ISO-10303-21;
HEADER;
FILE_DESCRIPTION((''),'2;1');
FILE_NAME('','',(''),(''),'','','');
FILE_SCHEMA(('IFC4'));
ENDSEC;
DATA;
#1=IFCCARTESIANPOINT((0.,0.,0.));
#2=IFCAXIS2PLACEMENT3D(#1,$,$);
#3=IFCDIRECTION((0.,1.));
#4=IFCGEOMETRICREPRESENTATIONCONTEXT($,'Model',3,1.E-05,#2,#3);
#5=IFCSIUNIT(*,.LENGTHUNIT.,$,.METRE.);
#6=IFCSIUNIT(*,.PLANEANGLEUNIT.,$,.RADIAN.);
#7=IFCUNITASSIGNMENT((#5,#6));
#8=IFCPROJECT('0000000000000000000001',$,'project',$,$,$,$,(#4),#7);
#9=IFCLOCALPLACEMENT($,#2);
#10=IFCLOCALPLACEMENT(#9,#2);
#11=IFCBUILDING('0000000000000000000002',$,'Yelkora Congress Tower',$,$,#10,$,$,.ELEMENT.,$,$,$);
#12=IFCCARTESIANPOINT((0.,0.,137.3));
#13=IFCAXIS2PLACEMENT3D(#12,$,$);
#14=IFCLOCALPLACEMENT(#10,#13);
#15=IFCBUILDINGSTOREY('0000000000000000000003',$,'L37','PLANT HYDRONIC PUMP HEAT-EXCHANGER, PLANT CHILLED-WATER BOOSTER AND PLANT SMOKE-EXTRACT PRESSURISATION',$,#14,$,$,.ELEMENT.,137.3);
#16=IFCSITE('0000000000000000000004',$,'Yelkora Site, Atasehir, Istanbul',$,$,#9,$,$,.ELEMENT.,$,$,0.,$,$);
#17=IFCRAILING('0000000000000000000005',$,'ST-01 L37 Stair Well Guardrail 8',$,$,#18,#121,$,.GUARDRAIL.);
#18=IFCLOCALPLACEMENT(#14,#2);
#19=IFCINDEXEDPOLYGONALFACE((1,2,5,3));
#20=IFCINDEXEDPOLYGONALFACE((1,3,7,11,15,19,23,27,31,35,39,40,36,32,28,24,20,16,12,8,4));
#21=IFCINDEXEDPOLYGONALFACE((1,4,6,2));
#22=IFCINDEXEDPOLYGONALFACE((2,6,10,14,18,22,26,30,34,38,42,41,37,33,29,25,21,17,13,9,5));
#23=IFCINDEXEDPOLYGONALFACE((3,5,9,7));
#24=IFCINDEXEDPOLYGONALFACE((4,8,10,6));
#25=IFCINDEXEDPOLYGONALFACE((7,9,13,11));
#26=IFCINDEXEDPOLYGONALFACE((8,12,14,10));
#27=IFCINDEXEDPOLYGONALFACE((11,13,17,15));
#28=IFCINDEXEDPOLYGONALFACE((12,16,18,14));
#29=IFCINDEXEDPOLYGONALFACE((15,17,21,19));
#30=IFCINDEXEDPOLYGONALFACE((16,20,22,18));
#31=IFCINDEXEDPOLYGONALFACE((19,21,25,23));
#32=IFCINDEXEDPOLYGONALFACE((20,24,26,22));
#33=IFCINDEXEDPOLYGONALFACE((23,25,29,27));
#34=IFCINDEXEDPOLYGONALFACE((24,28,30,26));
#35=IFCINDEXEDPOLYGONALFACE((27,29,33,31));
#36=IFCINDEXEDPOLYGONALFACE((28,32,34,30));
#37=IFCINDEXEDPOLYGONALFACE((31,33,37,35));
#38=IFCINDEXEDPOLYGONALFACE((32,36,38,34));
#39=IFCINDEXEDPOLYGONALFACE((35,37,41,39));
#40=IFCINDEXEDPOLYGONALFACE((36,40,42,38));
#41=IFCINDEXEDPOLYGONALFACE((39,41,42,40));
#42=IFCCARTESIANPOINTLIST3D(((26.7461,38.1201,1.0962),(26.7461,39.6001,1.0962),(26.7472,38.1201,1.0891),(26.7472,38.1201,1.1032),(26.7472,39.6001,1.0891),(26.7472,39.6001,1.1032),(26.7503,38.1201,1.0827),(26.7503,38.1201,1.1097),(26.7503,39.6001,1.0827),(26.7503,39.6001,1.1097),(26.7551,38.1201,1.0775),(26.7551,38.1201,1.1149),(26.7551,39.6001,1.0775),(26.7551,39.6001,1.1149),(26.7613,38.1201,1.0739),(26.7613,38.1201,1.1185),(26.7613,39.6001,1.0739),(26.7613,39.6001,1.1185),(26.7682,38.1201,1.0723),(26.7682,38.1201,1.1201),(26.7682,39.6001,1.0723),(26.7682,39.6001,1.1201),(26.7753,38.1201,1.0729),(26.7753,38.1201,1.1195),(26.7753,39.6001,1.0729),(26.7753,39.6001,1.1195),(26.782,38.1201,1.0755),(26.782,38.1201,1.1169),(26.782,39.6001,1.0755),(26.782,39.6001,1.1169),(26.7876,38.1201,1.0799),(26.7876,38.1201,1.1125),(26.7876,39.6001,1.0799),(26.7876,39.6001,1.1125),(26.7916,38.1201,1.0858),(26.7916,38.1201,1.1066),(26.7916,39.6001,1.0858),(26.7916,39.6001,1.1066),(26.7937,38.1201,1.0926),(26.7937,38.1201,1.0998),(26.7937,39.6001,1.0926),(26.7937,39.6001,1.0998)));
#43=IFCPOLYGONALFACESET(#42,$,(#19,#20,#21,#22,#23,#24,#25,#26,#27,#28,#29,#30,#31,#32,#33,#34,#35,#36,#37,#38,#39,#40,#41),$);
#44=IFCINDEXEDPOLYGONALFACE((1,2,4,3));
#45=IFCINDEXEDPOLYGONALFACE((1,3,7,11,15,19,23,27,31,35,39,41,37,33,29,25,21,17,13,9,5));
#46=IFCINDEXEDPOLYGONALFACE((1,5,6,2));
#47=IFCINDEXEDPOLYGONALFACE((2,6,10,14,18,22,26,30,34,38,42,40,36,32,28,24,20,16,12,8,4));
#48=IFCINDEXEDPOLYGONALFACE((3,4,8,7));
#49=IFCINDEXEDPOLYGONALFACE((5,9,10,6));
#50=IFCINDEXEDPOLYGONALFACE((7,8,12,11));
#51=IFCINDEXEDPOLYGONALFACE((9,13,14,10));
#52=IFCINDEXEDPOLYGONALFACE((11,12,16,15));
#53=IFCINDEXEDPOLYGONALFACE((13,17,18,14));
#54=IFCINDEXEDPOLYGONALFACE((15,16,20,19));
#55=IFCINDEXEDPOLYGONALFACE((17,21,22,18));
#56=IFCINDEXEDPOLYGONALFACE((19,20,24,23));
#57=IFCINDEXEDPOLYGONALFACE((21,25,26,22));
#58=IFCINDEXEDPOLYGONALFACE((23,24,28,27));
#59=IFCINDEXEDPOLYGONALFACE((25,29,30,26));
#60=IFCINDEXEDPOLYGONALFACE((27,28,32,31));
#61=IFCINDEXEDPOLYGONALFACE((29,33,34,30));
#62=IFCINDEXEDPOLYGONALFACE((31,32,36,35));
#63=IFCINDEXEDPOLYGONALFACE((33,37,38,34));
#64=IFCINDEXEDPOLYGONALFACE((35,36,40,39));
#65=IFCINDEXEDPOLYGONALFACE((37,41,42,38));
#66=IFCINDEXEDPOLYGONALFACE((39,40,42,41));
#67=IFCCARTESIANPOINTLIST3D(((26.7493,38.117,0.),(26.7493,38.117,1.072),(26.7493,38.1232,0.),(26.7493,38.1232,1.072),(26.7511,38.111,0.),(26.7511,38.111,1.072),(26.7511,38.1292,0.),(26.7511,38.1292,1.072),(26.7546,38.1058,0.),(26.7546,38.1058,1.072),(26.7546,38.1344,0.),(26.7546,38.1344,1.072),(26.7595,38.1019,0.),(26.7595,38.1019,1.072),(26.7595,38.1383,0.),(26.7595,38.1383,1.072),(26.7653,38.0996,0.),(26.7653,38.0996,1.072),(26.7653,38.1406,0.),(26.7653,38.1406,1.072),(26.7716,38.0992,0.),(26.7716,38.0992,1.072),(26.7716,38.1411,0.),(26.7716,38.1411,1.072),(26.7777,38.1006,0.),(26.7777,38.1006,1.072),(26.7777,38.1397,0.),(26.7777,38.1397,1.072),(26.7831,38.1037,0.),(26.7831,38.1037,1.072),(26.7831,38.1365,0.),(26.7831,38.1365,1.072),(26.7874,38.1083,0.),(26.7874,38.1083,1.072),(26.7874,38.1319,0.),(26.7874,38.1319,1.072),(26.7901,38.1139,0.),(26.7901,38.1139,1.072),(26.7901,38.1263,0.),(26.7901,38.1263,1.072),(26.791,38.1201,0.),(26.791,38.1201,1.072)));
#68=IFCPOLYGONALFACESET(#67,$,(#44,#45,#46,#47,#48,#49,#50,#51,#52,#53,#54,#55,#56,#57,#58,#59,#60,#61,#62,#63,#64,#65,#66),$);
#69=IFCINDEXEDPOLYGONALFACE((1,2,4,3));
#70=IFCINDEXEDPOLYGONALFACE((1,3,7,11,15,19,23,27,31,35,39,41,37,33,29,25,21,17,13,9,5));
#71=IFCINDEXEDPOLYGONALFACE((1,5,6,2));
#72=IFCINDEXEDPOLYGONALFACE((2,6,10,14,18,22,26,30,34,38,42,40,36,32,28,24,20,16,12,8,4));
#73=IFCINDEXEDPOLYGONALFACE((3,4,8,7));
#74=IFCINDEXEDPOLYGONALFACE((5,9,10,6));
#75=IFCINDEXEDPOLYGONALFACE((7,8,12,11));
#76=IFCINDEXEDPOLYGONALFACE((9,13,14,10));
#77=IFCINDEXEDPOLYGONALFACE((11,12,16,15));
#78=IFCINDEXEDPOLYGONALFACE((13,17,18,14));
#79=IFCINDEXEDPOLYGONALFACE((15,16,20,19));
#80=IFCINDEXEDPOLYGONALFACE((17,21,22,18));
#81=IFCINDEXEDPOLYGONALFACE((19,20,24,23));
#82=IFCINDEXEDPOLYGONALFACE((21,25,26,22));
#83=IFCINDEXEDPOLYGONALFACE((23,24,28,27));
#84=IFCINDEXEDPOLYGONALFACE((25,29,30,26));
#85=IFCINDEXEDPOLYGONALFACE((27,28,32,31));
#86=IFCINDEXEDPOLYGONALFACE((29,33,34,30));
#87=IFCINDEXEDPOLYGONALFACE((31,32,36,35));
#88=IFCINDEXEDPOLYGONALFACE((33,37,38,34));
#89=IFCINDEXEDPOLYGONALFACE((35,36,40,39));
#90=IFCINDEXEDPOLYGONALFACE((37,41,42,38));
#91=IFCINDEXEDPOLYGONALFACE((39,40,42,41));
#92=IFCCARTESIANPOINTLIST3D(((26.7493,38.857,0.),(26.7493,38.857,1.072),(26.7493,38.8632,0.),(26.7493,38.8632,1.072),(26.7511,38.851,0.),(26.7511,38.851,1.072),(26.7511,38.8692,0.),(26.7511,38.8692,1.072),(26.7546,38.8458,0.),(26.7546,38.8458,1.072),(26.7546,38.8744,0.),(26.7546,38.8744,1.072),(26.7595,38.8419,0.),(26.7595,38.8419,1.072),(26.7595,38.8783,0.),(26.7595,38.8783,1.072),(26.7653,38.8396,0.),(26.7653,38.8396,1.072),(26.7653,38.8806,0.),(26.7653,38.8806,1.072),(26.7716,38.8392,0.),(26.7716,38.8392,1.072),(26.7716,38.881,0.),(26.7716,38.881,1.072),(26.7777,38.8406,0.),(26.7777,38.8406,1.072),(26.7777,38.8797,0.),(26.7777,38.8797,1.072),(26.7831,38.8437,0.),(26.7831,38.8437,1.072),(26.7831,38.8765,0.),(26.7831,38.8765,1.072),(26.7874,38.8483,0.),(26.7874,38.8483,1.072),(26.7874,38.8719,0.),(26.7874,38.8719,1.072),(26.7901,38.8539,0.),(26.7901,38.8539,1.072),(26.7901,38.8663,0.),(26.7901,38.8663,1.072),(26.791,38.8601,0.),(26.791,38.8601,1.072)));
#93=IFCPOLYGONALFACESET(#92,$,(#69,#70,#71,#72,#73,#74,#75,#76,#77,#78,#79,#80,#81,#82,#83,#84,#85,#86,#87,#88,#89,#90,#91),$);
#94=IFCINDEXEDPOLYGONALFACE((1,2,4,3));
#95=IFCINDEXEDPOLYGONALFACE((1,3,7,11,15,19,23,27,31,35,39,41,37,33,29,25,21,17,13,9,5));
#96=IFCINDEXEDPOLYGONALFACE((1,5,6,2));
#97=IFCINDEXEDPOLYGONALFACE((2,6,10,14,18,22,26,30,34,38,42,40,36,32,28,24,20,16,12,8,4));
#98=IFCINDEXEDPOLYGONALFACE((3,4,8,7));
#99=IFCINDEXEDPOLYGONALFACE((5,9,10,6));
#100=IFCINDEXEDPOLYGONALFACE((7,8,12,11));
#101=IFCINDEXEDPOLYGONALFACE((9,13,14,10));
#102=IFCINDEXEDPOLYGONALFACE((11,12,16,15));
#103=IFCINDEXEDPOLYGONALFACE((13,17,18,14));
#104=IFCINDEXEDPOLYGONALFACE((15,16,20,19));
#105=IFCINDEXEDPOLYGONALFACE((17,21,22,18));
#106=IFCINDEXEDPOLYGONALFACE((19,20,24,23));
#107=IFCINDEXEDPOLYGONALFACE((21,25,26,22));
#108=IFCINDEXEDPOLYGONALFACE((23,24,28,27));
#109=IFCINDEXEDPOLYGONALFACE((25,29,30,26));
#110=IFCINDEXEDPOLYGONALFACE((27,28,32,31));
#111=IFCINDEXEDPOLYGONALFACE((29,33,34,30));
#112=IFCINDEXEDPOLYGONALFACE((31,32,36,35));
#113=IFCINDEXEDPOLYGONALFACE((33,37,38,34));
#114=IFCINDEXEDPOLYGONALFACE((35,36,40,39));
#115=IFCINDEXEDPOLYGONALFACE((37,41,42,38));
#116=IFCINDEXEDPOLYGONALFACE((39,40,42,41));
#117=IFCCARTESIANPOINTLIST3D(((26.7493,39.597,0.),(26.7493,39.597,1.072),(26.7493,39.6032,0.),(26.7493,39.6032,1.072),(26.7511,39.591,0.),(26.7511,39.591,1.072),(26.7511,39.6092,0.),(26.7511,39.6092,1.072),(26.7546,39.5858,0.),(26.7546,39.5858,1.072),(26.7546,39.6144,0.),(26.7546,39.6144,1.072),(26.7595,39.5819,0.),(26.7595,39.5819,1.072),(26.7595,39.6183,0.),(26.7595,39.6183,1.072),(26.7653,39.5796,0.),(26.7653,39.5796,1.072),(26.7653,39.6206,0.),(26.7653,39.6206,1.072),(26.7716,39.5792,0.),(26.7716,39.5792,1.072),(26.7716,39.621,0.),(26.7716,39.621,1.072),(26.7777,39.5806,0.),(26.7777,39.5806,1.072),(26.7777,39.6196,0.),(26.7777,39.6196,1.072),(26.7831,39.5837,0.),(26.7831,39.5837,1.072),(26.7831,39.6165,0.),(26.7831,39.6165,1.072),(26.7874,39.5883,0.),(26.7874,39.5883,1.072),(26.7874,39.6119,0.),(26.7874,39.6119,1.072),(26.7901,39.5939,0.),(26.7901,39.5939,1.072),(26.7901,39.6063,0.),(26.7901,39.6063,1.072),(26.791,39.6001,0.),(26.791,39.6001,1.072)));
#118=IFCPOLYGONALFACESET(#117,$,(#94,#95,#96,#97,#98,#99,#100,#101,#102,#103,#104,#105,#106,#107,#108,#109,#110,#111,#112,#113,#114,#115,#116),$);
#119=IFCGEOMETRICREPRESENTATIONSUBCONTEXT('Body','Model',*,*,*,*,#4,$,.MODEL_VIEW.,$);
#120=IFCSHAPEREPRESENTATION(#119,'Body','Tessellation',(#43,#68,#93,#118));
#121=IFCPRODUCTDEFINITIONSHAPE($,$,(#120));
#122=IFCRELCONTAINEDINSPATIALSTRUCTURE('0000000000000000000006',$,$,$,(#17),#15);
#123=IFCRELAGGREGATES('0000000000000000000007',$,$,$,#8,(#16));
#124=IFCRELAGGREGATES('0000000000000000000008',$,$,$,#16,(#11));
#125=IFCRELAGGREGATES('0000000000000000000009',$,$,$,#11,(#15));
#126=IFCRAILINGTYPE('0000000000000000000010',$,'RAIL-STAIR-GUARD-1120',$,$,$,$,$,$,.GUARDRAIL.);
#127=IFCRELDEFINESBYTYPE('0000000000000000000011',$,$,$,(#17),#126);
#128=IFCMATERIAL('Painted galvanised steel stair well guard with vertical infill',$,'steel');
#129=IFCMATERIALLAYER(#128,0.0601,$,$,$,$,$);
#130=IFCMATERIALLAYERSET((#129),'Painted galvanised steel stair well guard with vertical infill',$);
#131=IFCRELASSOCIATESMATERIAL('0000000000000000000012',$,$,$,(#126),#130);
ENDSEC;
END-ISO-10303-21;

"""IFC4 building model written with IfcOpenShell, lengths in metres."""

from ifc_helpers import new_model, si_unit, direction, frame, origin, origin_2d, place, context, subcontext, project, spatial, circle, extrude, material, layer, layer_set, type_object, element, save


model = new_model("IFC4")

# Units and contexts
model_context = context("Model", 3, precision=1e-05, world=origin(), true_north=direction((0.0, 1.0)))
body_context = subcontext(model_context, "Body", "Model", "MODEL_VIEW")
ifc_project = project(units=[si_unit("LENGTHUNIT", "METRE"), si_unit("PLANEANGLEUNIT", "RADIAN")], contexts=[model_context])

# Site, building, storey
site_placement = place(None, origin())
site = spatial("IfcSite", under=ifc_project, at=site_placement, Name="Yelkora Site, Atasehir, Istanbul", CompositionType="ELEMENT", RefElevation=0.0)
building_placement = place(site_placement, origin())
building = spatial("IfcBuilding", under=site, at=building_placement, Name="Yelkora Congress Tower", CompositionType="ELEMENT")
storey_placement = place(building_placement, frame((0.0, 0.0, 137.3)))
storey = spatial("IfcBuildingStorey", under=building, at=storey_placement, Name="L37", Description="PLANT HYDRONIC PUMP HEAT-EXCHANGER, PLANT CHILLED-WATER BOOSTER AND PLANT SMOKE-EXTRACT PRESSURISATION", CompositionType="ELEMENT", Elevation=137.3)

# Railing
ifc_material_1 = material(Name="Painted galvanised steel stair well guard with vertical infill", Category="steel")
ifc_layer_1 = layer(ifc_material_1, 0.0601)
ifc_layer_set_1 = layer_set([ifc_layer_1], Name="Painted galvanised steel stair well guard with vertical infill")
railing_type_1 = type_object("IfcRailingType", Name="RAIL-STAIR-GUARD-1120", PredefinedType="GUARDRAIL", material=ifc_layer_set_1)
railing_1_placement = place(storey_placement, frame((26.77, 38.1201, 0.0)))
element("IfcRailing", 1, at=railing_1_placement, inside=storey, type_object=railing_type_1, Name="ST-01 L37 Stair Well Guardrail 8", PredefinedType="GUARDRAIL", context=body_context, shape_type="SweptSolid", body=[
    extrude(circle(Radius=0.0239, at=origin_2d()), frame((0.0, 0.0, 1.0962), z_axis=(0.0, 1.0, 0.0), x_axis=(-1.0, 0.0, 0.0)), (0.0, 0.0, 1.0), 1.48),
    extrude(circle(Radius=0.021, at=origin_2d()), origin(), (0.0, 0.0, 1.0), 1.072),
    extrude(circle(Radius=0.021, at=origin_2d()), frame((0.0, 0.74, 0.0)), (0.0, 0.0, 1.0), 1.072),
    extrude(circle(Radius=0.021, at=origin_2d()), frame((0.0, 1.48, 0.0)), (0.0, 0.0, 1.0), 1.072),
])

save(model, "model.ifc")
